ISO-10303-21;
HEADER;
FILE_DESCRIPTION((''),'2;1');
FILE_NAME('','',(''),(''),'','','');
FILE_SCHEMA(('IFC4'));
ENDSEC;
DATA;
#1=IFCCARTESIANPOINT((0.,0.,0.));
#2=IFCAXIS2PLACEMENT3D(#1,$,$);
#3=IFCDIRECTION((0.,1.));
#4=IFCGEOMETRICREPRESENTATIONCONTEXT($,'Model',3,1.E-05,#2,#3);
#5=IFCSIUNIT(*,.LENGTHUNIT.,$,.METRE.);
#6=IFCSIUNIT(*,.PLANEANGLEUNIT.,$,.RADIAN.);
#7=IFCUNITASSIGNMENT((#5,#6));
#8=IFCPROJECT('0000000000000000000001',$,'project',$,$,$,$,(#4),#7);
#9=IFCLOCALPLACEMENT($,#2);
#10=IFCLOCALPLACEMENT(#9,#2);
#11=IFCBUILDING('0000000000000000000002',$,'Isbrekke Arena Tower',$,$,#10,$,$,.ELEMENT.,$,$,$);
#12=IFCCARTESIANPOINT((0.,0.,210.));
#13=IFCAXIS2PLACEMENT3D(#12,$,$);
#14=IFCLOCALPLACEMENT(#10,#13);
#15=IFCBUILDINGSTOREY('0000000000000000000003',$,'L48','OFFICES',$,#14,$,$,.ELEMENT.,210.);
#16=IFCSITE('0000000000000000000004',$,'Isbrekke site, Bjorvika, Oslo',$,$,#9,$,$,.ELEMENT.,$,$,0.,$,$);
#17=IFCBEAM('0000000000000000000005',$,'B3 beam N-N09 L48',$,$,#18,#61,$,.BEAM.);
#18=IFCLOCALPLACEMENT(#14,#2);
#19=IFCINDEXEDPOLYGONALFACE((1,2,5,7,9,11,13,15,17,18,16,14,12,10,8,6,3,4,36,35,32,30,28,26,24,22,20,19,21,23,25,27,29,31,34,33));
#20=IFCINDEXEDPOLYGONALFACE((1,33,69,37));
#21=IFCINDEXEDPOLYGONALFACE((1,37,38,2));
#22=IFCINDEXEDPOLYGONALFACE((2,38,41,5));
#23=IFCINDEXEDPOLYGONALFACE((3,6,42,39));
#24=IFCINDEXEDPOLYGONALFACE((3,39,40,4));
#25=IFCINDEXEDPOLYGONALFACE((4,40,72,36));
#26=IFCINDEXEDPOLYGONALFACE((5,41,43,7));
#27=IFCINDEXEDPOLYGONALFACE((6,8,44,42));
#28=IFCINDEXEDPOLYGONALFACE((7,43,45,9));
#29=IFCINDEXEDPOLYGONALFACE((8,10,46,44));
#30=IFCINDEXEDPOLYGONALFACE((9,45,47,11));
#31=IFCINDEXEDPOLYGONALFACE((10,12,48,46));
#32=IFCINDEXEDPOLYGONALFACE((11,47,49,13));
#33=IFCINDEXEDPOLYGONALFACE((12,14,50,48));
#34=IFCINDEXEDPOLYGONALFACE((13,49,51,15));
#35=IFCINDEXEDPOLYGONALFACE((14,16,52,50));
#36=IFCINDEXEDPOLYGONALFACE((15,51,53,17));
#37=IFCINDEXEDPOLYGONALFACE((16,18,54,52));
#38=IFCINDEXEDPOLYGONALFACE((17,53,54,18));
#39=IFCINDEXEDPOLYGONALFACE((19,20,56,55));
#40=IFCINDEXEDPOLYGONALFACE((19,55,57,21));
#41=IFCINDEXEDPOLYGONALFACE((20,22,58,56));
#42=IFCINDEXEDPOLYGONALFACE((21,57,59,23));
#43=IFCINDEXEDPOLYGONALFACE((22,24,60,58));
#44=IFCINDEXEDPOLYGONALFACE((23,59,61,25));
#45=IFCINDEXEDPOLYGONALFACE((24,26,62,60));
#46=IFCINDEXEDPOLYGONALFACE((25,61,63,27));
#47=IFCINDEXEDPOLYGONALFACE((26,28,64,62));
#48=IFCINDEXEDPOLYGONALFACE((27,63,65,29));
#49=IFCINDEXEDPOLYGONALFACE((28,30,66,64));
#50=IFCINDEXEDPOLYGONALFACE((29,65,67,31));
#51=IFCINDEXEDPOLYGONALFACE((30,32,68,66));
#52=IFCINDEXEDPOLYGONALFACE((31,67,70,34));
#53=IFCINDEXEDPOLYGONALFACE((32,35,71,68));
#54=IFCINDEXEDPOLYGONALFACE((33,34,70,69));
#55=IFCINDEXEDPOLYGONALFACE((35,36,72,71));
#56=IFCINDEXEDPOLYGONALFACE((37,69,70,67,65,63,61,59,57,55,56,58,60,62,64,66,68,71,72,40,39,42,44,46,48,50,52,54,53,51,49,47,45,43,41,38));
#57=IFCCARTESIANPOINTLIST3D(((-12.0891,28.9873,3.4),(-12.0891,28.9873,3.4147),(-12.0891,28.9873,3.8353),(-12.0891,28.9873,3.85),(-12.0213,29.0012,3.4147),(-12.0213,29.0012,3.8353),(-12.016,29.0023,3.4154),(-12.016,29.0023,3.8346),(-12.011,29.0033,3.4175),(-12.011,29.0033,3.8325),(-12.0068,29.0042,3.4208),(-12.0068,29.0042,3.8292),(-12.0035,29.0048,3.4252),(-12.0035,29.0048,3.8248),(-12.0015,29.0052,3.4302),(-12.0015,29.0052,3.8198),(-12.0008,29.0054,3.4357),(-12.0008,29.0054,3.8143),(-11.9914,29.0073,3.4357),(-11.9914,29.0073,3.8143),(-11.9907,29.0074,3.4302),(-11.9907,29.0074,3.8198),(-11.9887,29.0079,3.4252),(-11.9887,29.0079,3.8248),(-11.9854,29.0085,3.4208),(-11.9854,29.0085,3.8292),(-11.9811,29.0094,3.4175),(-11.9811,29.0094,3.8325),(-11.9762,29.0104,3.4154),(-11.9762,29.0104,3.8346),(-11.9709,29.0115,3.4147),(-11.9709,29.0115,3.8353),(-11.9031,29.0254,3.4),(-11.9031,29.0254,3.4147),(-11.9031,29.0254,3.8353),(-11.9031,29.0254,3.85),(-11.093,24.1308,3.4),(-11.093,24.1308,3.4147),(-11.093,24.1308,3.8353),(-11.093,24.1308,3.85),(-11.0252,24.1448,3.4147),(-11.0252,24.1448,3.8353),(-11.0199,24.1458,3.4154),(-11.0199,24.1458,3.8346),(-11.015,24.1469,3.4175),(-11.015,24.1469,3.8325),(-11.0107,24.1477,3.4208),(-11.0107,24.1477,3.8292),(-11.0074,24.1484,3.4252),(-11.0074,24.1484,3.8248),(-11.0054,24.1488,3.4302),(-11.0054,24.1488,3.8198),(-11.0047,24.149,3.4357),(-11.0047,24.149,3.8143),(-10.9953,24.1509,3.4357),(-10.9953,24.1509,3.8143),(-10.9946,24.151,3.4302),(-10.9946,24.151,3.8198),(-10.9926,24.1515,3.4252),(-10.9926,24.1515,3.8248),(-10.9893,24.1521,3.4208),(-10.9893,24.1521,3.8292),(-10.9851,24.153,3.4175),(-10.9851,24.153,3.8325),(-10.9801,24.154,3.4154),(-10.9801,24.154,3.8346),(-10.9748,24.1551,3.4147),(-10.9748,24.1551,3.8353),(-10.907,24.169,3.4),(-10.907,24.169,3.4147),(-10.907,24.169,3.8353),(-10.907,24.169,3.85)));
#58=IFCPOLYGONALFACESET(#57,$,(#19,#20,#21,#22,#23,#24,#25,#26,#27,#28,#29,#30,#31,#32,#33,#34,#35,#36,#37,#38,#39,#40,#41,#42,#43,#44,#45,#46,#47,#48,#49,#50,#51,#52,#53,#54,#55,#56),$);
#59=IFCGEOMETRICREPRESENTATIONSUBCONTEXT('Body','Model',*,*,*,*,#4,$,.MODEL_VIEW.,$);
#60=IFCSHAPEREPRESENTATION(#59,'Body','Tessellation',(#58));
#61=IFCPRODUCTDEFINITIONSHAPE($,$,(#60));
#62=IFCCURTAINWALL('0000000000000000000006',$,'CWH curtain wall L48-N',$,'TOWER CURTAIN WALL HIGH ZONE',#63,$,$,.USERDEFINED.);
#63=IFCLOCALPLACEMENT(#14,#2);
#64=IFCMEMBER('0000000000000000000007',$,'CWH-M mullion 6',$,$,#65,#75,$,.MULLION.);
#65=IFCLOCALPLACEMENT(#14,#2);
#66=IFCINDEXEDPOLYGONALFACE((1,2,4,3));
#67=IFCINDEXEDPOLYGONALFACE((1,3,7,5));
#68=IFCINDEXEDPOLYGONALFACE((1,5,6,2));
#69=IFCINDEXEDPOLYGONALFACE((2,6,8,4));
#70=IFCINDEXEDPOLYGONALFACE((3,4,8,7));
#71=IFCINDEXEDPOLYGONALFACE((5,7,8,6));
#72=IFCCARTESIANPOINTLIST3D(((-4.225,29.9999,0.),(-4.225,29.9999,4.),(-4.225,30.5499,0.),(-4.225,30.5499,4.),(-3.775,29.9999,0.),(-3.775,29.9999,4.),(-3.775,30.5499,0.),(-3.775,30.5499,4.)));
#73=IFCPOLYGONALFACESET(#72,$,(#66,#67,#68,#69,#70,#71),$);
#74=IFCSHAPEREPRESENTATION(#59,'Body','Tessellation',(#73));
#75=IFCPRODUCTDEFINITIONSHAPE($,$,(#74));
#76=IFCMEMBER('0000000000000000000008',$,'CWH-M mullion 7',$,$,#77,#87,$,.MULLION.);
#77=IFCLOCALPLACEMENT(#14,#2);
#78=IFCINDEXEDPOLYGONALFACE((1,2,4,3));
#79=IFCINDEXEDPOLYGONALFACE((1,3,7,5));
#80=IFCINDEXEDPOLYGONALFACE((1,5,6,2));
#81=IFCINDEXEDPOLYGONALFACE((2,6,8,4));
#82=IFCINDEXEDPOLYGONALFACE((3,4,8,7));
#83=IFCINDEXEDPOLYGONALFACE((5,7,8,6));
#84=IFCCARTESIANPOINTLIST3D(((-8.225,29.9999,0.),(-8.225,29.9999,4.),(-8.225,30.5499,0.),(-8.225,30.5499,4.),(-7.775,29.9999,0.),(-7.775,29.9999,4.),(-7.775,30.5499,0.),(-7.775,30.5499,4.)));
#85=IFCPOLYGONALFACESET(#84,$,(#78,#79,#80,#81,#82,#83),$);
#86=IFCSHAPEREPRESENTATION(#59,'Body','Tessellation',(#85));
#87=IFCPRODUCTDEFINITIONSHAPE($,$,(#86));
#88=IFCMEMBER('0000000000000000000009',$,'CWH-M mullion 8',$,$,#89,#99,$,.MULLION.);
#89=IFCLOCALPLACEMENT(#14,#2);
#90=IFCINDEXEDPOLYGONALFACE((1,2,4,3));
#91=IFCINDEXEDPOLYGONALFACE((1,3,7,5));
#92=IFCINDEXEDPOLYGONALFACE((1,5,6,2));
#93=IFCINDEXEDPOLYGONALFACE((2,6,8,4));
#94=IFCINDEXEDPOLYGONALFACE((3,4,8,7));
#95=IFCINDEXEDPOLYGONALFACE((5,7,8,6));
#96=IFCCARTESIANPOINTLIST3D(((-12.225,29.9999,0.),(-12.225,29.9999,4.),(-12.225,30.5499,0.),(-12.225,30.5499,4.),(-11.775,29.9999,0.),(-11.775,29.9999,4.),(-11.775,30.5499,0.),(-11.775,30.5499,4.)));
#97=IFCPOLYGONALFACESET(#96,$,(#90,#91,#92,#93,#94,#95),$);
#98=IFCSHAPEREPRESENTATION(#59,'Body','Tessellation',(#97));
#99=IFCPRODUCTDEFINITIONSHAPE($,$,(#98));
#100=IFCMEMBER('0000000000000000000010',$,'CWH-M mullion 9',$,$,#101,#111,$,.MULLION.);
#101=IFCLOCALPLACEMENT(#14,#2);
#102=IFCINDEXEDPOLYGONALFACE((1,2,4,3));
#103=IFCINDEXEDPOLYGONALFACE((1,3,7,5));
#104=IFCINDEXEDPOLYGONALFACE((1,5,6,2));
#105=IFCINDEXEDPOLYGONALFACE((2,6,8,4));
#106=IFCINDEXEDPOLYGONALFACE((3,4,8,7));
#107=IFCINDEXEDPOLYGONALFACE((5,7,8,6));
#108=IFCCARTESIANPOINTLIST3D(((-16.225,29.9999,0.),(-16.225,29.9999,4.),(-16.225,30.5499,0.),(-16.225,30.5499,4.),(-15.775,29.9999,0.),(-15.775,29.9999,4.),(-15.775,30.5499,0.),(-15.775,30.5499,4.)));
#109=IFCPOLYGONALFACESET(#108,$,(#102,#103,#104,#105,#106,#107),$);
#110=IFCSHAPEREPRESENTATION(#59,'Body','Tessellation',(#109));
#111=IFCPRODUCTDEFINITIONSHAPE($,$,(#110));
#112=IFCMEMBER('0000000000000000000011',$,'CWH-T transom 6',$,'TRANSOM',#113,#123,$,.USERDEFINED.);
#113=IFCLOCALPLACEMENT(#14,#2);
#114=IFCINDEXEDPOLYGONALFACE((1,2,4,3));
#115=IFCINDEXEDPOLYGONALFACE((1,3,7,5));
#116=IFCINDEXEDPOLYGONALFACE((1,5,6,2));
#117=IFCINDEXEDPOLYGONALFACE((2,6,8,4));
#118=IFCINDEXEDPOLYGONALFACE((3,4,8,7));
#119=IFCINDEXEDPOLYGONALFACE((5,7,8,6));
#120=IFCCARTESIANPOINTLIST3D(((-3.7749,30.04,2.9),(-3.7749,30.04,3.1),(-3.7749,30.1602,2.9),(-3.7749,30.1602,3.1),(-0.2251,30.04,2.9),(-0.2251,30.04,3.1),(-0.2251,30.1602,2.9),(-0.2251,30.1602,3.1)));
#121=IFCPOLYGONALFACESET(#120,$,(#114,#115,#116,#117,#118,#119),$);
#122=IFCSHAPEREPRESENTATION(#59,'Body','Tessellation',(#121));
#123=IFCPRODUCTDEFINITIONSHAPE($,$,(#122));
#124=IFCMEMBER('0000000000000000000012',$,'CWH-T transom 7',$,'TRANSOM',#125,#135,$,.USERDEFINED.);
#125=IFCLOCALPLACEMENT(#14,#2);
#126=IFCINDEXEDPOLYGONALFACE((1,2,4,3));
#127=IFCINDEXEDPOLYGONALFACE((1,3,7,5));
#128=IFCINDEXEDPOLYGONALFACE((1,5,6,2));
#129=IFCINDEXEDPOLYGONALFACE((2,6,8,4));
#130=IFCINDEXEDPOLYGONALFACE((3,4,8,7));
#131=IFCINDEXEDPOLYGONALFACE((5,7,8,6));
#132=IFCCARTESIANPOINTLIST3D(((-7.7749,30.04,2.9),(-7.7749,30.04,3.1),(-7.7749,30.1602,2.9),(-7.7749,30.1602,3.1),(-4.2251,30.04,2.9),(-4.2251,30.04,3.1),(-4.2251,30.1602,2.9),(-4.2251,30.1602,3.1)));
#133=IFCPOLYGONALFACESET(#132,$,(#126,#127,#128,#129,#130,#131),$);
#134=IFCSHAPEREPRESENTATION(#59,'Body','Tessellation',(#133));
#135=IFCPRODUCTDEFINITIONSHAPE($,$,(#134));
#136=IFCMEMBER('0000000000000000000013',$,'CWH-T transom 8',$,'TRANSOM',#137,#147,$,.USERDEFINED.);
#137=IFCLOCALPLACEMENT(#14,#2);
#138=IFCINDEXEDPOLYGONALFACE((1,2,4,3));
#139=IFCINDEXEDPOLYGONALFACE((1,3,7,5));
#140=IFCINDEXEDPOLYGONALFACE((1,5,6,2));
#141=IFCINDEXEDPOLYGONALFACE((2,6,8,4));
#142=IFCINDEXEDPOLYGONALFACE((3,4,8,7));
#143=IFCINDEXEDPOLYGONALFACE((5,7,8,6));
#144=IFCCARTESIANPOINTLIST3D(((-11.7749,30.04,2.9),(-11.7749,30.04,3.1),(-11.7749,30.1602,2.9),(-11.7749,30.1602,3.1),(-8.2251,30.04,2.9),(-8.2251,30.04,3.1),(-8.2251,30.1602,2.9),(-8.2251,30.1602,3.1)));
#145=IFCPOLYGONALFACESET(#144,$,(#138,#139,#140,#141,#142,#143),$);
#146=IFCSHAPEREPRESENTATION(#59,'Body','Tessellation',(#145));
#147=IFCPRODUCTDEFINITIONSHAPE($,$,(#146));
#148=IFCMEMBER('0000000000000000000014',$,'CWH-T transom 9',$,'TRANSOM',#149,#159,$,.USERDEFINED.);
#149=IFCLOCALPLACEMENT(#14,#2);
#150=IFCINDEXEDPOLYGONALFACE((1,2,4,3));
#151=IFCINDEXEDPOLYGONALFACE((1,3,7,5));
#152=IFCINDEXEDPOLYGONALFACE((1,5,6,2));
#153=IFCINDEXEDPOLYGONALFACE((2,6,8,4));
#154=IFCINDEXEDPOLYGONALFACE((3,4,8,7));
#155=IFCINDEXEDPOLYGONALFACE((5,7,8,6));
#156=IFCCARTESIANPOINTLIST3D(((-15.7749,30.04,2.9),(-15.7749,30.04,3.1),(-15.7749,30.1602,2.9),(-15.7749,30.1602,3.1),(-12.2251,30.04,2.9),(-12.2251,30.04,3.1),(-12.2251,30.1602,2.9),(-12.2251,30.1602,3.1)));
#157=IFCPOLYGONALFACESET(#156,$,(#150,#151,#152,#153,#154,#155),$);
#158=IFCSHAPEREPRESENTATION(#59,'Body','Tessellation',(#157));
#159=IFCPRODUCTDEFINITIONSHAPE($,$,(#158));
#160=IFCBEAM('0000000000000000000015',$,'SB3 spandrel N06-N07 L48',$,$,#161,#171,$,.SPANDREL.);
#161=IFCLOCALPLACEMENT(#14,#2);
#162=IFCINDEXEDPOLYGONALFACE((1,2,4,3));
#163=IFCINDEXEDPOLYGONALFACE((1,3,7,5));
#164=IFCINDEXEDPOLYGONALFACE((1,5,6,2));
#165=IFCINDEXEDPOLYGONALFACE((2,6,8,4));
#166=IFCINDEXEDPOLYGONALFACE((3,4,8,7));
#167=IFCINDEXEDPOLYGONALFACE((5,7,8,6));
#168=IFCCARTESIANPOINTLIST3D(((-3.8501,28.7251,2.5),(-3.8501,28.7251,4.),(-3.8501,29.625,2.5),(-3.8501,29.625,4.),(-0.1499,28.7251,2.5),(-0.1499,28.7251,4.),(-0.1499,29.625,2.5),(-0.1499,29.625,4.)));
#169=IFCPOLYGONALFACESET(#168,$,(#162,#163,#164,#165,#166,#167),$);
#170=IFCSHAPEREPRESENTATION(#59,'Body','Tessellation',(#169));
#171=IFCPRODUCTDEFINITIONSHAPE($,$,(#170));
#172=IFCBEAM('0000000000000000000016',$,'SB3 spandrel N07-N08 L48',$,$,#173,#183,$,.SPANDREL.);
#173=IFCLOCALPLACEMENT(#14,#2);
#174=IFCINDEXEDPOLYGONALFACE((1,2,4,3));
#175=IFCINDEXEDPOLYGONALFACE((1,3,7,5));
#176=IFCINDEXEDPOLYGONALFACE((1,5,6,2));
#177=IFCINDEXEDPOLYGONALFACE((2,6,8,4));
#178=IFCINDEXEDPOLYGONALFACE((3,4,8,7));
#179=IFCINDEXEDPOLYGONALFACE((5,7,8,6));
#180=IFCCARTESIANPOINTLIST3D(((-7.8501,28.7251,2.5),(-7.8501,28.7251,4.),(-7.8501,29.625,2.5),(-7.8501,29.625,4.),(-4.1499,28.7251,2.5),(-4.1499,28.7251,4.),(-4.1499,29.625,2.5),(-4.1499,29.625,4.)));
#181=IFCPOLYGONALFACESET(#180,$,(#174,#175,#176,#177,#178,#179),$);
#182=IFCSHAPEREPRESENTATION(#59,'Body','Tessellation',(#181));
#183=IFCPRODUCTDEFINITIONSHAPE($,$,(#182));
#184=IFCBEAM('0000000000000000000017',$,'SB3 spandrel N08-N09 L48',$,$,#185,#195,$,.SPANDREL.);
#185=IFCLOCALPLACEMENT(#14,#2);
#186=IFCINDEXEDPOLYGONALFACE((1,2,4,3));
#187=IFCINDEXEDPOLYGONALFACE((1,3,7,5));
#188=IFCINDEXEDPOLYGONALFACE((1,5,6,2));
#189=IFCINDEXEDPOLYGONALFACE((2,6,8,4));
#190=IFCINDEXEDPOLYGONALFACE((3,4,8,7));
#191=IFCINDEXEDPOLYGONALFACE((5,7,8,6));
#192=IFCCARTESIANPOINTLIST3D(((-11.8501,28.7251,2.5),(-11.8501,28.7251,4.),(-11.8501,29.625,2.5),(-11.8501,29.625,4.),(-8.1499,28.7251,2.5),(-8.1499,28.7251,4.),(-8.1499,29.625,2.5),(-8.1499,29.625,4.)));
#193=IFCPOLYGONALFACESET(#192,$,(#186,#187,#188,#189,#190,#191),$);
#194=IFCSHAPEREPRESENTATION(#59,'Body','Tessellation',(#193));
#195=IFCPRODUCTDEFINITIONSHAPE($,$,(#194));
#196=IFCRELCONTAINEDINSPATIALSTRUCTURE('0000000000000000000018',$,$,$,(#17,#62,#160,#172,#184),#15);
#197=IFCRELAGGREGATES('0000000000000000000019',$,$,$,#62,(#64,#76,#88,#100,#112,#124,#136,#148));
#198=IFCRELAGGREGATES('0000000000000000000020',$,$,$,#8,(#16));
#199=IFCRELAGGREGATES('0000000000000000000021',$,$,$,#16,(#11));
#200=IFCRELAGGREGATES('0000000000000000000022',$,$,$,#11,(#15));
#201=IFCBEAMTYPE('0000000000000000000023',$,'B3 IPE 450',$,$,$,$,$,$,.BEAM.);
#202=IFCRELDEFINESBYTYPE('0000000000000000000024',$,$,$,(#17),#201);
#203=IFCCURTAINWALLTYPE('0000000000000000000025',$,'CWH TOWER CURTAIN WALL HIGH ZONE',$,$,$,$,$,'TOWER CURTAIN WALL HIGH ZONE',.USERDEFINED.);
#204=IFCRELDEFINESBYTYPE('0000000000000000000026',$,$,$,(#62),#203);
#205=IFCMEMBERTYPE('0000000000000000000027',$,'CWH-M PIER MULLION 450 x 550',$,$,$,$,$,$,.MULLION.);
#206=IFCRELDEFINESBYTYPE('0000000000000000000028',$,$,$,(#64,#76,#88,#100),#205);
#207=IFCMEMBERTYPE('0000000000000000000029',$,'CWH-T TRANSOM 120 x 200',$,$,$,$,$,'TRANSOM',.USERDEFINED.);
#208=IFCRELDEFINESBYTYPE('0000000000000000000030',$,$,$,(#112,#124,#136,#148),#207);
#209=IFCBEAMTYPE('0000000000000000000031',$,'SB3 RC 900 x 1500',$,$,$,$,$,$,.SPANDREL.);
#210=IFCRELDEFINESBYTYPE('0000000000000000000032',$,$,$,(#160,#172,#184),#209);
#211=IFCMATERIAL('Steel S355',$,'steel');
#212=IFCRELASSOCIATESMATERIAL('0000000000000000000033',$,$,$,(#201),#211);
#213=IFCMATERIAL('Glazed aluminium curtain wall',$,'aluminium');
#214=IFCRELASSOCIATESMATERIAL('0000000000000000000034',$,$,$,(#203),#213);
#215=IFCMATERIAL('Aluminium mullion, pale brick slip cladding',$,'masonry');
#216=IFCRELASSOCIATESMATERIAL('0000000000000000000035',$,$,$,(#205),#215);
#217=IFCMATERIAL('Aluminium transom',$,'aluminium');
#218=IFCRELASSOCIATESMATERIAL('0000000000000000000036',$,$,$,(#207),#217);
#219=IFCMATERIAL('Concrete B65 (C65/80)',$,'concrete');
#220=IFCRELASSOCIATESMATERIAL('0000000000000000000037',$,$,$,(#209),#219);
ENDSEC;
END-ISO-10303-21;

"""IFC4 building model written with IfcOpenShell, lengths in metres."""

from ifc_helpers import new_model, si_unit, direction, frame, origin, origin_2d, place, context, subcontext, project, spatial, rectangle, i_section, extrude, material, material_profile, profile_set, type_object, element, aggregate, save


model = new_model("IFC4")

# Units and contexts
model_context = context("Model", 3, precision=1e-05, world=origin(), true_north=direction((0.0, 1.0)))
body_context = subcontext(model_context, "Body", "Model", "MODEL_VIEW")
ifc_project = project(units=[si_unit("LENGTHUNIT", "METRE"), si_unit("PLANEANGLEUNIT", "RADIAN")], contexts=[model_context])

# Site, building, storey
site_placement = place(None, origin())
site = spatial("IfcSite", under=ifc_project, at=site_placement, Name="Isbrekke site, Bjorvika, Oslo", CompositionType="ELEMENT", RefElevation=0.0)
building_placement = place(site_placement, origin())
building = spatial("IfcBuilding", under=site, at=building_placement, Name="Isbrekke Arena Tower", CompositionType="ELEMENT")
storey_placement = place(building_placement, frame((0.0, 0.0, 210.0)))
storey = spatial("IfcBuildingStorey", under=building, at=storey_placement, Name="L48", Description="OFFICES", CompositionType="ELEMENT", Elevation=210.0)

# Beam
ifc_material_1 = material(Name="Steel S355", Category="steel")
ifc_material_profile_1 = material_profile(ifc_material_1, i_section(OverallWidth=0.1899, OverallDepth=0.45, WebThickness=0.0095, FlangeThickness=0.0146, FilletRadius=0.021, at=origin_2d()), Name="IPE 450")
ifc_profile_set_1 = profile_set([ifc_material_profile_1], Name="Steel S355")
beam_type_1 = type_object("IfcBeamType", Name="B3 IPE 450", PredefinedType="BEAM", material=ifc_profile_set_1)
beam_1_placement = place(storey_placement, frame((-11.9961, 29.0063, 3.625), z_axis=(0.200925, -0.979607, 0.0), x_axis=(0.979607, 0.200925, 0.0)))
element("IfcBeam", 1, at=beam_1_placement, inside=storey, type_object=beam_type_1, Name="B3 beam N-N09 L48", PredefinedType="BEAM", context=body_context, shape_type="SweptSolid", body=[
    extrude(i_section(OverallWidth=0.1899, OverallDepth=0.45, WebThickness=0.0095, FlangeThickness=0.0146, FilletRadius=0.021, at=origin_2d()), origin(), (0.0, 0.0, 1.0), 4.9575),
])

# Curtain wall, members
ifc_material_2 = material(Name="Glazed aluminium curtain wall", Category="aluminium")
curtain_wall_type = type_object("IfcCurtainWallType", Name="CWH TOWER CURTAIN WALL HIGH ZONE", ElementType="TOWER CURTAIN WALL HIGH ZONE", PredefinedType="USERDEFINED", material=ifc_material_2)
curtain_wall_placement = place(storey_placement, origin())
curtain_wall = element("IfcCurtainWall", 2, at=curtain_wall_placement, inside=storey, type_object=curtain_wall_type, Name="CWH curtain wall L48-N", ObjectType="TOWER CURTAIN WALL HIGH ZONE", PredefinedType="USERDEFINED")
ifc_material_3 = material(Name="Aluminium mullion, pale brick slip cladding", Category="masonry")
ifc_material_profile_2 = material_profile(ifc_material_3, rectangle(XDim=0.45, YDim=0.55, at=origin_2d()), Name="PIER 450X550")
ifc_profile_set_2 = profile_set([ifc_material_profile_2], Name="Aluminium mullion, pale brick slip cladding")
member_type_1 = type_object("IfcMemberType", Name="CWH-M PIER MULLION 450 x 550", PredefinedType="MULLION", material=ifc_profile_set_2)
member_1_placement = place(storey_placement, frame((-4.0, 30.2749, 0.0), z_axis=(0.0, 0.0, 1.0), x_axis=(-1.0, 0.0, 0.0)))
member_1 = element("IfcMember", 3, at=member_1_placement, type_object=member_type_1, Name="CWH-M mullion 6", PredefinedType="MULLION", context=body_context, shape_type="SweptSolid", body=[
    extrude(rectangle(XDim=0.45, YDim=0.55, at=origin_2d()), origin(), (0.0, 0.0, 1.0), 4.0),
])
member_2_placement = place(storey_placement, frame((-8.0, 30.2749, 0.0), z_axis=(0.0, 0.0, 1.0), x_axis=(-1.0, 0.0, 0.0)))
member_2 = element("IfcMember", 4, at=member_2_placement, type_object=member_type_1, Name="CWH-M mullion 7", PredefinedType="MULLION", context=body_context, shape_type="SweptSolid", body=[
    extrude(rectangle(XDim=0.45, YDim=0.55, at=origin_2d()), origin(), (0.0, 0.0, 1.0), 4.0),
])
member_3_placement = place(storey_placement, frame((-12.0, 30.2749, 0.0), z_axis=(0.0, 0.0, 1.0), x_axis=(-1.0, 0.0, 0.0)))
member_3 = element("IfcMember", 5, at=member_3_placement, type_object=member_type_1, Name="CWH-M mullion 8", PredefinedType="MULLION", context=body_context, shape_type="SweptSolid", body=[
    extrude(rectangle(XDim=0.45, YDim=0.55, at=origin_2d()), origin(), (0.0, 0.0, 1.0), 4.0),
])
member_4_placement = place(storey_placement, frame((-16.0, 30.2749, 0.0), z_axis=(0.0, 0.0, 1.0), x_axis=(-1.0, 0.0, 0.0)))
member_4 = element("IfcMember", 6, at=member_4_placement, type_object=member_type_1, Name="CWH-M mullion 9", PredefinedType="MULLION", context=body_context, shape_type="SweptSolid", body=[
    extrude(rectangle(XDim=0.45, YDim=0.55, at=origin_2d()), origin(), (0.0, 0.0, 1.0), 4.0),
])
ifc_material_4 = material(Name="Aluminium transom", Category="aluminium")
ifc_material_profile_3 = material_profile(ifc_material_4, rectangle(XDim=0.1201, YDim=0.2, at=origin_2d()), Name="TRANSOM 120X200")
ifc_profile_set_3 = profile_set([ifc_material_profile_3], Name="Aluminium transom")
member_type_2 = type_object("IfcMemberType", Name="CWH-T TRANSOM 120 x 200", ElementType="TRANSOM", PredefinedType="USERDEFINED", material=ifc_profile_set_3)
member_5_placement = place(storey_placement, frame((-0.2251, 30.1001, 3.0), z_axis=(-1.0, 0.0, 0.0), x_axis=(0.0, -1.0, 0.0)))
member_5 = element("IfcMember", 7, at=member_5_placement, type_object=member_type_2, Name="CWH-T transom 6", ObjectType="TRANSOM", PredefinedType="USERDEFINED", context=body_context, shape_type="SweptSolid", body=[
    extrude(rectangle(XDim=0.1201, YDim=0.2, at=origin_2d()), origin(), (0.0, 0.0, 1.0), 3.5498),
])
member_6_placement = place(storey_placement, frame((-4.2251, 30.1001, 3.0), z_axis=(-1.0, 0.0, 0.0), x_axis=(0.0, -1.0, 0.0)))
member_6 = element("IfcMember", 8, at=member_6_placement, type_object=member_type_2, Name="CWH-T transom 7", ObjectType="TRANSOM", PredefinedType="USERDEFINED", context=body_context, shape_type="SweptSolid", body=[
    extrude(rectangle(XDim=0.1201, YDim=0.2, at=origin_2d()), origin(), (0.0, 0.0, 1.0), 3.5498),
])
member_7_placement = place(storey_placement, frame((-8.2251, 30.1001, 3.0), z_axis=(-1.0, 0.0, 0.0), x_axis=(0.0, -1.0, 0.0)))
member_7 = element("IfcMember", 9, at=member_7_placement, type_object=member_type_2, Name="CWH-T transom 8", ObjectType="TRANSOM", PredefinedType="USERDEFINED", context=body_context, shape_type="SweptSolid", body=[
    extrude(rectangle(XDim=0.1201, YDim=0.2, at=origin_2d()), origin(), (0.0, 0.0, 1.0), 3.5498),
])
member_8_placement = place(storey_placement, frame((-12.2251, 30.1001, 3.0), z_axis=(-1.0, 0.0, 0.0), x_axis=(0.0, -1.0, 0.0)))
member_8 = element("IfcMember", 10, at=member_8_placement, type_object=member_type_2, Name="CWH-T transom 9", ObjectType="TRANSOM", PredefinedType="USERDEFINED", context=body_context, shape_type="SweptSolid", body=[
    extrude(rectangle(XDim=0.1201, YDim=0.2, at=origin_2d()), origin(), (0.0, 0.0, 1.0), 3.5498),
])

# Beams
ifc_material_5 = material(Name="Concrete B65 (C65/80)", Category="concrete")
ifc_material_profile_4 = material_profile(ifc_material_5, rectangle(XDim=0.8999, YDim=1.5, at=origin_2d()), Name="RC 900x1500")
ifc_profile_set_4 = profile_set([ifc_material_profile_4], Name="Concrete B65 (C65/80)")
beam_type_2 = type_object("IfcBeamType", Name="SB3 RC 900 x 1500", PredefinedType="SPANDREL", material=ifc_profile_set_4)
for number, where, z_axis, x_axis, name in (
    (11, (-0.1499, 29.175, 3.25), (-1.0, 0.0, 0.0), (0.0, -1.0, 0.0), "SB3 spandrel N06-N07 L48"),
    (12, (-4.1499, 29.175, 3.25), (-1.0, 0.0, 0.0), (0.0, -1.0, 0.0), "SB3 spandrel N07-N08 L48"),
    (13, (-8.1499, 29.175, 3.25), (-1.0, 0.0, 0.0), (0.0, -1.0, 0.0), "SB3 spandrel N08-N09 L48"),
):
    element("IfcBeam", number, at=place(storey_placement, frame(where, z_axis=z_axis, x_axis=x_axis)), inside=storey, type_object=beam_type_2, Name=name, PredefinedType="SPANDREL", context=body_context, shape_type="SweptSolid", body=[
        extrude(rectangle(XDim=0.8999, YDim=1.5, at=origin_2d()), origin(), (0.0, 0.0, 1.0), 3.7002),
    ])

aggregate(curtain_wall, [member_1, member_2, member_3, member_4, member_5, member_6, member_7, member_8])

save(model, "model.ifc")
